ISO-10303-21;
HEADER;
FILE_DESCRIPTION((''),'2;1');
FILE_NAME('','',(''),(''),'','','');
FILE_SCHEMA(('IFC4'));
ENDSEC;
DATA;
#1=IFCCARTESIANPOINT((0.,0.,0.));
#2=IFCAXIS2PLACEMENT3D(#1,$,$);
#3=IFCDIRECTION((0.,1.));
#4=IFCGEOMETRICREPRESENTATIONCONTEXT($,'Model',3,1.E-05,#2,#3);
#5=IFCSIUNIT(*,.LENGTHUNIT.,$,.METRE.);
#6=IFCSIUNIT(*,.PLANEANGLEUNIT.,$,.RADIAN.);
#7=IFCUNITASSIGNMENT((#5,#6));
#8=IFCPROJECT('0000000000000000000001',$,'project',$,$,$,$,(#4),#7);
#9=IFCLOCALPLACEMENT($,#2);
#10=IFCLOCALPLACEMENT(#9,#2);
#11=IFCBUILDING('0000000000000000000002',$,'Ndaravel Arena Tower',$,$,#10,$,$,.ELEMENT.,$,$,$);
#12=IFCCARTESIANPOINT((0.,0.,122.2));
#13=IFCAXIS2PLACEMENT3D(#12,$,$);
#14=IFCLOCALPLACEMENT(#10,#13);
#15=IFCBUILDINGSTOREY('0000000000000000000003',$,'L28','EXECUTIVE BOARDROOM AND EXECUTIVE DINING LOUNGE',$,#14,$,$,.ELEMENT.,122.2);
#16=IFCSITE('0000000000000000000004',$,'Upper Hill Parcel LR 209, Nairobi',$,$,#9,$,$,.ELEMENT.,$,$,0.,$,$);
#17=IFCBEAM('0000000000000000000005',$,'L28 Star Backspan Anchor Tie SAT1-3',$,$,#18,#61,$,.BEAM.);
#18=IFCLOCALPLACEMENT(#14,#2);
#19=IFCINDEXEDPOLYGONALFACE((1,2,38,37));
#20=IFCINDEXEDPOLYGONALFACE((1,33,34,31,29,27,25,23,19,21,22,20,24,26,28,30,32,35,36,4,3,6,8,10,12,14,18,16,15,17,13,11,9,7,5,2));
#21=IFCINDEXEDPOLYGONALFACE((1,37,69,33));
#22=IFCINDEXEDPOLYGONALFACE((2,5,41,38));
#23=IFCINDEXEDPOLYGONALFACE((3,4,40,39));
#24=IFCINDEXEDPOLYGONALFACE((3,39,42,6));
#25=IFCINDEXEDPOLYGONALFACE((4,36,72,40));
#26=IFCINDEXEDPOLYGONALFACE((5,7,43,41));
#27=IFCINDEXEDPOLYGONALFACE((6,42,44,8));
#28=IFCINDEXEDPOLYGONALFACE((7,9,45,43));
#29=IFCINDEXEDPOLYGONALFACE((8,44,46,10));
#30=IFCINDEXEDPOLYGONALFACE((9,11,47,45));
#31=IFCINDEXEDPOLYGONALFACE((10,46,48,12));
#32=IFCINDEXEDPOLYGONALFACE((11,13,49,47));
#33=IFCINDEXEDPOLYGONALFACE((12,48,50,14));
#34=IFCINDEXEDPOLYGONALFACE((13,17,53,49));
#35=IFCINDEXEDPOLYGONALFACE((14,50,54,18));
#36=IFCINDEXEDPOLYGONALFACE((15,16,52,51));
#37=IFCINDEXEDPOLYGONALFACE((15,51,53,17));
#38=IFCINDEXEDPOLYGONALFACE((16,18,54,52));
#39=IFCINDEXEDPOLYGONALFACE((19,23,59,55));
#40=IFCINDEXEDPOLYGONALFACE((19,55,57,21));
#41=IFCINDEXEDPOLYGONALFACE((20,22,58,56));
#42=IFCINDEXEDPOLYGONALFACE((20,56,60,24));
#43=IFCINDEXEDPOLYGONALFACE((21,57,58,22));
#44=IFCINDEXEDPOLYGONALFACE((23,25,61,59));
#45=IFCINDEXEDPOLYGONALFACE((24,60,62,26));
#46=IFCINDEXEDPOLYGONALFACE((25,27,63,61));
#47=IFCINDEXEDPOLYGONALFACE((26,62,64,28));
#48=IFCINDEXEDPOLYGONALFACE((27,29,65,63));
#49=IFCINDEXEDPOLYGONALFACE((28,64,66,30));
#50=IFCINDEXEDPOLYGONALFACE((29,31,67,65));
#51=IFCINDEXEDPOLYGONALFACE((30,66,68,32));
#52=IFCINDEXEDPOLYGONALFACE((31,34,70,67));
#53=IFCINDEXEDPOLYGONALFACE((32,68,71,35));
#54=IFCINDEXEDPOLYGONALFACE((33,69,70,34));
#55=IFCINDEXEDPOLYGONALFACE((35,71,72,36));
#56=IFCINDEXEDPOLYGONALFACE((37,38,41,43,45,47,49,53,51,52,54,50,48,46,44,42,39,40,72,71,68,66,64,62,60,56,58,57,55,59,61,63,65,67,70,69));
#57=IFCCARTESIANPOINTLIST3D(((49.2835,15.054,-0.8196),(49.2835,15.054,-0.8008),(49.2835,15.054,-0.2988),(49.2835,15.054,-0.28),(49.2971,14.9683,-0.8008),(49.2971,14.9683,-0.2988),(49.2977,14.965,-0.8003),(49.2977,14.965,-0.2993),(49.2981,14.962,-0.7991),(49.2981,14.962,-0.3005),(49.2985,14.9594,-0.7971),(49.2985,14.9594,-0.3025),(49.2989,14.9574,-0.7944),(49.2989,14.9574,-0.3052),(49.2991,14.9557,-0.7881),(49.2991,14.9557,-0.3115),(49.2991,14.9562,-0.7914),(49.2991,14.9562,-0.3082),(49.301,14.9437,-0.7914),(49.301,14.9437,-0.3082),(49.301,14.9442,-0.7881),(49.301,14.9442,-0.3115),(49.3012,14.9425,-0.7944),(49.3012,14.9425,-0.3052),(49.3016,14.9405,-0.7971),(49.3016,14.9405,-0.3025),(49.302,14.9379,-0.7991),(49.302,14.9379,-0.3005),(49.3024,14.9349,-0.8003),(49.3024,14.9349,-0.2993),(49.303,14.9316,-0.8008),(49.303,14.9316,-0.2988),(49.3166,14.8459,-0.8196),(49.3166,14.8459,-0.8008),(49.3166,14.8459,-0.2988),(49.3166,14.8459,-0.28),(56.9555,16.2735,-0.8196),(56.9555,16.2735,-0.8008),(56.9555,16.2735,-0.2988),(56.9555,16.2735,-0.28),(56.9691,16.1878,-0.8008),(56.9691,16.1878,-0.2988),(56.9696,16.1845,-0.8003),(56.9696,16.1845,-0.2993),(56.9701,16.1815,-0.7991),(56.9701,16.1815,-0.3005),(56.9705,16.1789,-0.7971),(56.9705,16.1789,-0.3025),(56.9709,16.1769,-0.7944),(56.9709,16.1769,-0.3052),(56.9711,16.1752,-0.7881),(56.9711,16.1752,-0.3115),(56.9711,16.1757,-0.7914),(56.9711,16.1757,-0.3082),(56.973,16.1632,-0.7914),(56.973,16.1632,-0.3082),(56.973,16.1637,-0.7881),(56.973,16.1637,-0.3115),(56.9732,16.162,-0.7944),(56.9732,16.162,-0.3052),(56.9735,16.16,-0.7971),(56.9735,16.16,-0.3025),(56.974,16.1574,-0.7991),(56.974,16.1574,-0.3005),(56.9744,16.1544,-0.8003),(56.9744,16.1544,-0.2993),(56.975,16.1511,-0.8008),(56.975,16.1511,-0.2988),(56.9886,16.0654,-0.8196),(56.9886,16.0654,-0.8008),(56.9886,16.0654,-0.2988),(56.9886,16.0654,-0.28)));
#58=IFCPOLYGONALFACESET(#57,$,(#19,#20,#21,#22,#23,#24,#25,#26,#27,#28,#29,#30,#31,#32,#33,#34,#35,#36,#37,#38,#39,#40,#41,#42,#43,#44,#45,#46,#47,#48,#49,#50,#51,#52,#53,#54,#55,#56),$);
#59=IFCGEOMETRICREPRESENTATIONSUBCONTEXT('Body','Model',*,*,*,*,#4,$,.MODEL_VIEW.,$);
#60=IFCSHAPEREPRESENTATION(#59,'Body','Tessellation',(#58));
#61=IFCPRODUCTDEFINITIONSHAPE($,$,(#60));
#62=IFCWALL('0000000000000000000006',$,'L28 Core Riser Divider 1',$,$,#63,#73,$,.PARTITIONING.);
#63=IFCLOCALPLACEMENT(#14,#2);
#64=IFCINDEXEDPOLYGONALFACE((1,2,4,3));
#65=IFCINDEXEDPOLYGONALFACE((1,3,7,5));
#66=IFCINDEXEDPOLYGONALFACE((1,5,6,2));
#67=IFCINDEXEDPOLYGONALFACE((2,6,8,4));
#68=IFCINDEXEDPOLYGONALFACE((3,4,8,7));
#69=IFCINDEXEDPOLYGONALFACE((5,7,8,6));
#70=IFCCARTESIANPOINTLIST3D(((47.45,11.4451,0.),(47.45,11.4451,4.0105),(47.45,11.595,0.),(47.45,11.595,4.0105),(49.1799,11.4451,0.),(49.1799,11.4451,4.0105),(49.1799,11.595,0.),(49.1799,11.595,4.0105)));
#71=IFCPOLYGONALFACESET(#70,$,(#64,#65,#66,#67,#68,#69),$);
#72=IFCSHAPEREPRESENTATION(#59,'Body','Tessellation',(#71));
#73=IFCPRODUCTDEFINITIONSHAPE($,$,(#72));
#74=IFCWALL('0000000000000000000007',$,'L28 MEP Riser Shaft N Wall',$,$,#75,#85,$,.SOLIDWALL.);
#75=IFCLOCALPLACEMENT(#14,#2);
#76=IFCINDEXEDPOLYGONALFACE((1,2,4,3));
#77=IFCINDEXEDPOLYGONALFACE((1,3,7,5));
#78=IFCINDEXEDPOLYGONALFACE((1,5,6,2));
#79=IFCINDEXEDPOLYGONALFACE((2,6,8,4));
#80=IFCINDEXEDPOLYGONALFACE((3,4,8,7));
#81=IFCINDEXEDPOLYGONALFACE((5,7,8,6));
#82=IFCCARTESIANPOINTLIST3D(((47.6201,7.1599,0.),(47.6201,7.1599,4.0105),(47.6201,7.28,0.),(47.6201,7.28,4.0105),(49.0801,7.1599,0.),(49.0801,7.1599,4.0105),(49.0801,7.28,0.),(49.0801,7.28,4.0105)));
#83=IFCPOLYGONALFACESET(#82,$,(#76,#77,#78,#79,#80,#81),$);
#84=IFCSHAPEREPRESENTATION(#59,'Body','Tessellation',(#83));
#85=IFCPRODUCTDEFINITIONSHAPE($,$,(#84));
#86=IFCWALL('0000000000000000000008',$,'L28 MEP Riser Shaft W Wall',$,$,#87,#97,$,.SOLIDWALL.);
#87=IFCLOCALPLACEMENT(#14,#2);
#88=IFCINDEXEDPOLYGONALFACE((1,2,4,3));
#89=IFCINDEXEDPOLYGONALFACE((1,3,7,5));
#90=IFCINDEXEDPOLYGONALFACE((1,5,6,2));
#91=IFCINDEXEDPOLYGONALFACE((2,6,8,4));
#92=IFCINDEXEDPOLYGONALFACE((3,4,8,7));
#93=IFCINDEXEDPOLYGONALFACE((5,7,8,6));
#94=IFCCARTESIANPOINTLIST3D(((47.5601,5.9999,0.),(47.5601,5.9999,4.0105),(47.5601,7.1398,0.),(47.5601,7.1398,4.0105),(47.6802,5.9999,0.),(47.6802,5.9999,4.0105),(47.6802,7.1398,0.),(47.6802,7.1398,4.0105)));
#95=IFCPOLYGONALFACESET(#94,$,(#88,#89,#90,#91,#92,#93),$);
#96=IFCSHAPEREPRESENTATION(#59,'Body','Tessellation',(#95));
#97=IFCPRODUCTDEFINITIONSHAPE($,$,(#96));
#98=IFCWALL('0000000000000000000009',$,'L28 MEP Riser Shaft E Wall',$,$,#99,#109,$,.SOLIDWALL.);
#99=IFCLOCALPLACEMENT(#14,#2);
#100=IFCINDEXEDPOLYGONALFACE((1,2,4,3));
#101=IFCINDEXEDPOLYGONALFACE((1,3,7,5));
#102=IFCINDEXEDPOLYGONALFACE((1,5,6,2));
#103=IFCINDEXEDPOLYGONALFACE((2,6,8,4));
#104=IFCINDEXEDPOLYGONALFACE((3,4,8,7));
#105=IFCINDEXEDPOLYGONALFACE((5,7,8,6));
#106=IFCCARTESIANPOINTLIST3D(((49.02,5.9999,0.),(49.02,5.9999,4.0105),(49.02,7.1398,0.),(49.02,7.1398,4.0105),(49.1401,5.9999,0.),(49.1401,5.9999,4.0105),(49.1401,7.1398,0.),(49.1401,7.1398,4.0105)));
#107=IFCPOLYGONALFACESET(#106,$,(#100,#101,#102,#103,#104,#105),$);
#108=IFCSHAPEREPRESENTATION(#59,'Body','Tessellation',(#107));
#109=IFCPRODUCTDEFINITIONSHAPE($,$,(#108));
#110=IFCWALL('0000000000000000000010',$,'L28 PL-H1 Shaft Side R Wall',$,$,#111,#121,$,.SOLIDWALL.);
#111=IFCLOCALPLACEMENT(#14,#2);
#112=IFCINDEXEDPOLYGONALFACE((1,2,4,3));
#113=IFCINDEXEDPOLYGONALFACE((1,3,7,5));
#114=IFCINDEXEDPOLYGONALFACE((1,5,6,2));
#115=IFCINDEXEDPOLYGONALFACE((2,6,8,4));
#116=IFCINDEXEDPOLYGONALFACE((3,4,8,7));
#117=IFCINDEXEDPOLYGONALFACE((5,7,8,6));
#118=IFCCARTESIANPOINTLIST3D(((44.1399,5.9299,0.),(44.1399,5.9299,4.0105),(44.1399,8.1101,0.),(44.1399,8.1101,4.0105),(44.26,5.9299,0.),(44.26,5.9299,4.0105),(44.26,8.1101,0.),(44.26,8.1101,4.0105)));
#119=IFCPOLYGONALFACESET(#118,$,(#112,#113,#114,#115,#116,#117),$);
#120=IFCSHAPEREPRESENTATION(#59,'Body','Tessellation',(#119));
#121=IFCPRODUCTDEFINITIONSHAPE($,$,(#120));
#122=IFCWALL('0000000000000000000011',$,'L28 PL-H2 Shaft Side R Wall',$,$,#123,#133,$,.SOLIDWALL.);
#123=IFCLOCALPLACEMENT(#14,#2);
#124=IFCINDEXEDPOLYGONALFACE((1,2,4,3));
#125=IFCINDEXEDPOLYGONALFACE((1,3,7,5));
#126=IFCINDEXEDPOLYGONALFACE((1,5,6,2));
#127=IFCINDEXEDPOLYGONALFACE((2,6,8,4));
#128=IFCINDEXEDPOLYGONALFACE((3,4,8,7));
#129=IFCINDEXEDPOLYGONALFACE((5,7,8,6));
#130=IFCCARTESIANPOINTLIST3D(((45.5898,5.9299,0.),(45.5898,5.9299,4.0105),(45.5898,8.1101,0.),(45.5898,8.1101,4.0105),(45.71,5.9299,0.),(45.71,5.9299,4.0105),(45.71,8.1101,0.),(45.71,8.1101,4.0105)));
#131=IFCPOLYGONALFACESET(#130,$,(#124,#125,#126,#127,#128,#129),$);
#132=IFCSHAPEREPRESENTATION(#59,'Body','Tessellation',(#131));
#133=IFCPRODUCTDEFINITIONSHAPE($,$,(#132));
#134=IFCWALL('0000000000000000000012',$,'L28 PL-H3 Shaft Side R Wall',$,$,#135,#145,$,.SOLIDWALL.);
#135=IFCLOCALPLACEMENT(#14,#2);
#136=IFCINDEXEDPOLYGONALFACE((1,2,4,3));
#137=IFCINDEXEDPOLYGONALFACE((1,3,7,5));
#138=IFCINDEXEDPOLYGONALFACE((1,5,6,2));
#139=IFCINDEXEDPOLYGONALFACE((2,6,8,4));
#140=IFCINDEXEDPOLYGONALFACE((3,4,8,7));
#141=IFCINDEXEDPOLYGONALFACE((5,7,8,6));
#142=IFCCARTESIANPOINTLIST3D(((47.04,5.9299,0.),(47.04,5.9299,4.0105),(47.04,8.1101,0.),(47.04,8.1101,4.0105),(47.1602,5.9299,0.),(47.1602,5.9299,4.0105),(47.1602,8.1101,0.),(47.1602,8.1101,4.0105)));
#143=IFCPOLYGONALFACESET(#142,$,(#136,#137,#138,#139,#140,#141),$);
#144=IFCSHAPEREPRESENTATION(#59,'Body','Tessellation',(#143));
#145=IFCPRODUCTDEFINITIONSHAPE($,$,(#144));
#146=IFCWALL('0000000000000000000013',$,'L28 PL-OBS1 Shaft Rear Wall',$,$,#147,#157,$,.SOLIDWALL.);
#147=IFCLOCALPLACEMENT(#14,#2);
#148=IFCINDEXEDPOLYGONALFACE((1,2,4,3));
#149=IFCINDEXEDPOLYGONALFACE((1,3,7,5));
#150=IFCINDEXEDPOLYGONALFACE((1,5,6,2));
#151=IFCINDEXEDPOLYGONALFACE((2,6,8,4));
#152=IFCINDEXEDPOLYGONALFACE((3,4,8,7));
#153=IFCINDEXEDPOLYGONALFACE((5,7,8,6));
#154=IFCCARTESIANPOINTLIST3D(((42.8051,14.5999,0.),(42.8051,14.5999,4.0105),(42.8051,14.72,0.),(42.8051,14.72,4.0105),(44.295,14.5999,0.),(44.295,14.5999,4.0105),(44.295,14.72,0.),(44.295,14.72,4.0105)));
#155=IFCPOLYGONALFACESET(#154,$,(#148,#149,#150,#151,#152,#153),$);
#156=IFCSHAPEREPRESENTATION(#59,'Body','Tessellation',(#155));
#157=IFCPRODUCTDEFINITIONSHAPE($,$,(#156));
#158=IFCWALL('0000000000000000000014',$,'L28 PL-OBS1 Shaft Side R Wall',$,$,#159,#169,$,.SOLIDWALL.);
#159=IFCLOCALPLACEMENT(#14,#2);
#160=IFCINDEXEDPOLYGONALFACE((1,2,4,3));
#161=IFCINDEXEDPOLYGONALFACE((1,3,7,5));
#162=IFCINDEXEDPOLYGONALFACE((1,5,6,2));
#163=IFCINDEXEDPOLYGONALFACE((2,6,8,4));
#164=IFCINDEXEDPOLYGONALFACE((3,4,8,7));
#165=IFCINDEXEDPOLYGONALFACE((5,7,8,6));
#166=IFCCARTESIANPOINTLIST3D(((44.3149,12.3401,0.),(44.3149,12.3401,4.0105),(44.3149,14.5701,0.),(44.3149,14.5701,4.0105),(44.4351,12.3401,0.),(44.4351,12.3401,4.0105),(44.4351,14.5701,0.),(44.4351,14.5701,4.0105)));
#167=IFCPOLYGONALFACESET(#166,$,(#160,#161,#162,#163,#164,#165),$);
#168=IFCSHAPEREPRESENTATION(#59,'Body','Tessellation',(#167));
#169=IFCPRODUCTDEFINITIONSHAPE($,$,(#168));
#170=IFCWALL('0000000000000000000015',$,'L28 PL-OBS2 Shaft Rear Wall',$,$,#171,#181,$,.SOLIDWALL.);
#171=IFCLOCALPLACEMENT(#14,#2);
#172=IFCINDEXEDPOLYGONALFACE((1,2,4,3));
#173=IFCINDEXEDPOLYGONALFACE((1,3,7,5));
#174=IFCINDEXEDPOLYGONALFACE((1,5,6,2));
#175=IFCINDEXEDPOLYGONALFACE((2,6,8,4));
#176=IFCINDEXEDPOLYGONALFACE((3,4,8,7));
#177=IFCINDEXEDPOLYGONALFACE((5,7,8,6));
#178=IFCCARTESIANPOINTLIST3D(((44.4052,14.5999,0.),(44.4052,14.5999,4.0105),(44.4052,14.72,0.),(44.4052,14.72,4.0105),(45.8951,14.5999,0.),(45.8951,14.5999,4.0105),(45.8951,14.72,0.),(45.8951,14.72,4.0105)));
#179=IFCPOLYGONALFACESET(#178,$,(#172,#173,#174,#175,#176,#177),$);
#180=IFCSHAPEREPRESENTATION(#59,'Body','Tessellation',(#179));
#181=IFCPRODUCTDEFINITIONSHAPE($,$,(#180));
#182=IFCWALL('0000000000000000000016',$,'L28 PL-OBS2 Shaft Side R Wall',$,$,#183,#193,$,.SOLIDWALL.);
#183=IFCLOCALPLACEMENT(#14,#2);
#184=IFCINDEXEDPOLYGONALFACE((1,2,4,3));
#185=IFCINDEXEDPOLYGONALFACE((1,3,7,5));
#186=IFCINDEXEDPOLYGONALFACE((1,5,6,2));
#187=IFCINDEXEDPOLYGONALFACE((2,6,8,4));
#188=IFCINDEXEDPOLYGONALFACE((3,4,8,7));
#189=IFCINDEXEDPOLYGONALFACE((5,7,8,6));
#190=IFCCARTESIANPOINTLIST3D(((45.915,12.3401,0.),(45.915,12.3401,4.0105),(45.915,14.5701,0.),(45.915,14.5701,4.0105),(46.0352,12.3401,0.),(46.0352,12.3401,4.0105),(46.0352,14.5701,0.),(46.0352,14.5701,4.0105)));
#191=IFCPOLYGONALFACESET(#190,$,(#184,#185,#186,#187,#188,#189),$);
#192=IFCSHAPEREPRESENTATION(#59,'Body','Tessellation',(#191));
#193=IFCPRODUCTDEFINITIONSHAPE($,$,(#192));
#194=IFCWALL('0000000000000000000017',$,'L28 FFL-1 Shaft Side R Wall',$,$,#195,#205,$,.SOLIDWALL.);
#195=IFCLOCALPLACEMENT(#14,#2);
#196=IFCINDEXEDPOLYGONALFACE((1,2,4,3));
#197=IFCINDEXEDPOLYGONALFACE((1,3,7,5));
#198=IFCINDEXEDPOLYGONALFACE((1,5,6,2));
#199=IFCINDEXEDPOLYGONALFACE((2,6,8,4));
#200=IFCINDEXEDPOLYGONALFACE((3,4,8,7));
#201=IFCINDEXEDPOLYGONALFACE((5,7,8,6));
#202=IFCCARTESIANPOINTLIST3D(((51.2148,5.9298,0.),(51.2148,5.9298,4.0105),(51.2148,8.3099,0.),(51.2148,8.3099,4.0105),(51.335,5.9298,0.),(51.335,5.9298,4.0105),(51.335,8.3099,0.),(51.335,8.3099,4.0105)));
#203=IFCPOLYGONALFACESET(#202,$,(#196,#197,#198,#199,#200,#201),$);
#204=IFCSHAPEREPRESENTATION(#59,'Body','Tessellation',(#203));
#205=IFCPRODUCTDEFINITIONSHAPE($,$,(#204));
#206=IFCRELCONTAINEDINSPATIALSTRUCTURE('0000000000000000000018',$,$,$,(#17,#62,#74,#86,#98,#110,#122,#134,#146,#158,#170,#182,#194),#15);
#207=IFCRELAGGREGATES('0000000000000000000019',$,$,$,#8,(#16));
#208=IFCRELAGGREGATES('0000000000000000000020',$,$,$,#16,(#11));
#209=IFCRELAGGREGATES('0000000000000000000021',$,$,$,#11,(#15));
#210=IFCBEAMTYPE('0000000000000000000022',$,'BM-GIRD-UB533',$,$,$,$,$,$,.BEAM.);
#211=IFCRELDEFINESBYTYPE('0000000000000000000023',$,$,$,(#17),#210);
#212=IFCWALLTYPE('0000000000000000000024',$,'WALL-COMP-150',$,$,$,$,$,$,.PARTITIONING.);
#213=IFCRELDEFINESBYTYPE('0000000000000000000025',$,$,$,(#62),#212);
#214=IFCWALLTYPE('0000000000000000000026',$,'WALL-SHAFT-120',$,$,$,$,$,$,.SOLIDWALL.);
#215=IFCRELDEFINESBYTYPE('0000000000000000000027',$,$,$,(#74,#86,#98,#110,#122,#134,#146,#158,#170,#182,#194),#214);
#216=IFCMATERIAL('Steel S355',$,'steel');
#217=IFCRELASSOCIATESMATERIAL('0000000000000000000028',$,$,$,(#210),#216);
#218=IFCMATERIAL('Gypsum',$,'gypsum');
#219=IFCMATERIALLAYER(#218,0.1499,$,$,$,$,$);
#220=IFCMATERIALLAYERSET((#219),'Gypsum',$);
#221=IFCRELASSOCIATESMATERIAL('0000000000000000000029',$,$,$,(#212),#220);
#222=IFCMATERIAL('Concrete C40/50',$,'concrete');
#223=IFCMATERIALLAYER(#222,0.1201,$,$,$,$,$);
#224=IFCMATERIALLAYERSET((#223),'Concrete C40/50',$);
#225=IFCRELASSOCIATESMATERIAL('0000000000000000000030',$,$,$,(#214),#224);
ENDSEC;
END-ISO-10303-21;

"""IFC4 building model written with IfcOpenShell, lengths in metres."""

from ifc_helpers import new_model, si_unit, direction, frame, frame_2d, origin, origin_2d, place, context, subcontext, project, spatial, rectangle, i_section, extrude, material, layer, layer_set, material_profile, profile_set, type_object, element, save


model = new_model("IFC4")

# Units and contexts
model_context = context("Model", 3, precision=1e-05, world=origin(), true_north=direction((0.0, 1.0)))
body_context = subcontext(model_context, "Body", "Model", "MODEL_VIEW")
ifc_project = project(units=[si_unit("LENGTHUNIT", "METRE"), si_unit("PLANEANGLEUNIT", "RADIAN")], contexts=[model_context])

# Site, building, storey
site_placement = place(None, origin())
site = spatial("IfcSite", under=ifc_project, at=site_placement, Name="Upper Hill Parcel LR 209, Nairobi", CompositionType="ELEMENT", RefElevation=0.0)
building_placement = place(site_placement, origin())
building = spatial("IfcBuilding", under=site, at=building_placement, Name="Ndaravel Arena Tower", CompositionType="ELEMENT")
storey_placement = place(building_placement, frame((0.0, 0.0, 122.2)))
storey = spatial("IfcBuildingStorey", under=building, at=storey_placement, Name="L28", Description="EXECUTIVE BOARDROOM AND EXECUTIVE DINING LOUNGE", CompositionType="ELEMENT", Elevation=122.2)

# Beam
ifc_material_1 = material(Name="Steel S355", Category="steel")
ifc_material_profile = material_profile(ifc_material_1, i_section(OverallWidth=0.2107, OverallDepth=0.5396, WebThickness=0.0117, FlangeThickness=0.0188, FilletRadius=0.0127, at=origin_2d()), Name="UB 533x210x109")
ifc_profile_set = profile_set([ifc_material_profile], Name="Steel S355")
beam_type = type_object("IfcBeamType", Name="BM-GIRD-UB533", PredefinedType="BEAM", material=ifc_profile_set)
beam_placement = place(storey_placement, frame((49.3, 14.95, -0.5498), z_axis=(0.987601, 0.156984, 0.0), x_axis=(-0.156984, 0.987601, 0.0)))
element("IfcBeam", 1, at=beam_placement, inside=storey, type_object=beam_type, Name="L28 Star Backspan Anchor Tie SAT1-3", PredefinedType="BEAM", context=body_context, shape_type="SweptSolid", body=[
    extrude(i_section(OverallWidth=0.2107, OverallDepth=0.5396, WebThickness=0.0117, FlangeThickness=0.0188, FilletRadius=0.0127, at=origin_2d()), origin(), (0.0, 0.0, 1.0), 7.7683),
])

# Walls
ifc_material_2 = material(Name="Gypsum", Category="gypsum")
ifc_layer_1 = layer(ifc_material_2, 0.1499)
ifc_layer_set_1 = layer_set([ifc_layer_1], Name="Gypsum")
wall_type_1 = type_object("IfcWallType", Name="WALL-COMP-150", PredefinedType="PARTITIONING", material=ifc_layer_set_1)
wall_1_placement = place(storey_placement, frame((47.45, 11.52, 0.0), z_axis=(0.0, 0.0, 1.0), x_axis=(1.0, 0.0, 0.0)))
element("IfcWall", 2, at=wall_1_placement, inside=storey, type_object=wall_type_1, Name="L28 Core Riser Divider 1", PredefinedType="PARTITIONING", context=body_context, shape_type="SweptSolid", body=[
    extrude(rectangle(XDim=1.73, YDim=0.1499, at=frame_2d((0.865, 0.0))), origin(), (0.0, 0.0, 1.0), 4.0105),
])
ifc_material_3 = material(Name="Concrete C40/50", Category="concrete")
ifc_layer_2 = layer(ifc_material_3, 0.1201)
ifc_layer_set_2 = layer_set([ifc_layer_2], Name="Concrete C40/50")
wall_type_2 = type_object("IfcWallType", Name="WALL-SHAFT-120", PredefinedType="SOLIDWALL", material=ifc_layer_set_2)
wall_2_placement = place(storey_placement, frame((47.6201, 7.22, 0.0), z_axis=(0.0, 0.0, 1.0), x_axis=(1.0, 0.0, 0.0)))
element("IfcWall", 3, at=wall_2_placement, inside=storey, type_object=wall_type_2, Name="L28 MEP Riser Shaft N Wall", PredefinedType="SOLIDWALL", context=body_context, shape_type="SweptSolid", body=[
    extrude(rectangle(XDim=1.46, YDim=0.1201, at=frame_2d((0.73, 0.0))), origin(), (0.0, 0.0, 1.0), 4.0105),
])
for number, where, z_axis, x_axis, name in (
    (4, (47.6201, 6.0, 0.0), (0.0, 0.0, 1.0), (0.0, 1.0, 0.0), "L28 MEP Riser Shaft W Wall"),
    (5, (49.0801, 6.0, 0.0), (0.0, 0.0, 1.0), (0.0, 1.0, 0.0), "L28 MEP Riser Shaft E Wall"),
):
    element("IfcWall", number, at=place(storey_placement, frame(where, z_axis=z_axis, x_axis=x_axis)), inside=storey, type_object=wall_type_2, Name=name, PredefinedType="SOLIDWALL", context=body_context, shape_type="SweptSolid", body=[
        extrude(rectangle(XDim=1.1399, YDim=0.1201, at=frame_2d((0.5698, 0.0))), origin(), (0.0, 0.0, 1.0), 4.0105),
    ])
for number, where, z_axis, x_axis, name in (
    (6, (44.2, 5.9299, 0.0), (0.0, 0.0, 1.0), (0.0, 1.0, 0.0), "L28 PL-H1 Shaft Side R Wall"),
    (7, (45.6499, 5.9299, 0.0), (0.0, 0.0, 1.0), (0.0, 1.0, 0.0), "L28 PL-H2 Shaft Side R Wall"),
    (8, (47.1001, 5.9299, 0.0), (0.0, 0.0, 1.0), (0.0, 1.0, 0.0), "L28 PL-H3 Shaft Side R Wall"),
):
    element("IfcWall", number, at=place(storey_placement, frame(where, z_axis=z_axis, x_axis=x_axis)), inside=storey, type_object=wall_type_2, Name=name, PredefinedType="SOLIDWALL", context=body_context, shape_type="SweptSolid", body=[
        extrude(rectangle(XDim=2.1802, YDim=0.1201, at=frame_2d((1.0901, 0.0))), origin(), (0.0, 0.0, 1.0), 4.0105),
    ])
wall_3_placement = place(storey_placement, frame((42.8049, 14.6599, 0.0), z_axis=(0.0, 0.0, 1.0), x_axis=(1.0, 0.0, 0.0)))
element("IfcWall", 9, at=wall_3_placement, inside=storey, type_object=wall_type_2, Name="L28 PL-OBS1 Shaft Rear Wall", PredefinedType="SOLIDWALL", context=body_context, shape_type="SweptSolid", body=[
    extrude(rectangle(XDim=1.49, YDim=0.1201, at=frame_2d((0.7451, 0.0))), origin(), (0.0, 0.0, 1.0), 4.0105),
])
wall_4_placement = place(storey_placement, frame((44.375, 12.3401, 0.0), z_axis=(0.0, 0.0, 1.0), x_axis=(0.0, 1.0, 0.0)))
element("IfcWall", 10, at=wall_4_placement, inside=storey, type_object=wall_type_2, Name="L28 PL-OBS1 Shaft Side R Wall", PredefinedType="SOLIDWALL", context=body_context, shape_type="SweptSolid", body=[
    extrude(rectangle(XDim=2.23, YDim=0.1201, at=frame_2d((1.115, 0.0))), origin(), (0.0, 0.0, 1.0), 4.0105),
])
wall_5_placement = place(storey_placement, frame((44.405, 14.6599, 0.0), z_axis=(0.0, 0.0, 1.0), x_axis=(1.0, 0.0, 0.0)))
element("IfcWall", 11, at=wall_5_placement, inside=storey, type_object=wall_type_2, Name="L28 PL-OBS2 Shaft Rear Wall", PredefinedType="SOLIDWALL", context=body_context, shape_type="SweptSolid", body=[
    extrude(rectangle(XDim=1.49, YDim=0.1201, at=frame_2d((0.7451, 0.0))), origin(), (0.0, 0.0, 1.0), 4.0105),
])
wall_6_placement = place(storey_placement, frame((45.9751, 12.3401, 0.0), z_axis=(0.0, 0.0, 1.0), x_axis=(0.0, 1.0, 0.0)))
element("IfcWall", 12, at=wall_6_placement, inside=storey, type_object=wall_type_2, Name="L28 PL-OBS2 Shaft Side R Wall", PredefinedType="SOLIDWALL", context=body_context, shape_type="SweptSolid", body=[
    extrude(rectangle(XDim=2.23, YDim=0.1201, at=frame_2d((1.115, 0.0))), origin(), (0.0, 0.0, 1.0), 4.0105),
])
wall_7_placement = place(storey_placement, frame((51.2749, 5.9299, 0.0), z_axis=(0.0, 0.0, 1.0), x_axis=(0.0, 1.0, 0.0)))
element("IfcWall", 13, at=wall_7_placement, inside=storey, type_object=wall_type_2, Name="L28 FFL-1 Shaft Side R Wall", PredefinedType="SOLIDWALL", context=body_context, shape_type="SweptSolid", body=[
    extrude(rectangle(XDim=2.3801, YDim=0.1201, at=frame_2d((1.1899, 0.0))), origin(), (0.0, 0.0, 1.0), 4.0105),
])

save(model, "model.ifc")
